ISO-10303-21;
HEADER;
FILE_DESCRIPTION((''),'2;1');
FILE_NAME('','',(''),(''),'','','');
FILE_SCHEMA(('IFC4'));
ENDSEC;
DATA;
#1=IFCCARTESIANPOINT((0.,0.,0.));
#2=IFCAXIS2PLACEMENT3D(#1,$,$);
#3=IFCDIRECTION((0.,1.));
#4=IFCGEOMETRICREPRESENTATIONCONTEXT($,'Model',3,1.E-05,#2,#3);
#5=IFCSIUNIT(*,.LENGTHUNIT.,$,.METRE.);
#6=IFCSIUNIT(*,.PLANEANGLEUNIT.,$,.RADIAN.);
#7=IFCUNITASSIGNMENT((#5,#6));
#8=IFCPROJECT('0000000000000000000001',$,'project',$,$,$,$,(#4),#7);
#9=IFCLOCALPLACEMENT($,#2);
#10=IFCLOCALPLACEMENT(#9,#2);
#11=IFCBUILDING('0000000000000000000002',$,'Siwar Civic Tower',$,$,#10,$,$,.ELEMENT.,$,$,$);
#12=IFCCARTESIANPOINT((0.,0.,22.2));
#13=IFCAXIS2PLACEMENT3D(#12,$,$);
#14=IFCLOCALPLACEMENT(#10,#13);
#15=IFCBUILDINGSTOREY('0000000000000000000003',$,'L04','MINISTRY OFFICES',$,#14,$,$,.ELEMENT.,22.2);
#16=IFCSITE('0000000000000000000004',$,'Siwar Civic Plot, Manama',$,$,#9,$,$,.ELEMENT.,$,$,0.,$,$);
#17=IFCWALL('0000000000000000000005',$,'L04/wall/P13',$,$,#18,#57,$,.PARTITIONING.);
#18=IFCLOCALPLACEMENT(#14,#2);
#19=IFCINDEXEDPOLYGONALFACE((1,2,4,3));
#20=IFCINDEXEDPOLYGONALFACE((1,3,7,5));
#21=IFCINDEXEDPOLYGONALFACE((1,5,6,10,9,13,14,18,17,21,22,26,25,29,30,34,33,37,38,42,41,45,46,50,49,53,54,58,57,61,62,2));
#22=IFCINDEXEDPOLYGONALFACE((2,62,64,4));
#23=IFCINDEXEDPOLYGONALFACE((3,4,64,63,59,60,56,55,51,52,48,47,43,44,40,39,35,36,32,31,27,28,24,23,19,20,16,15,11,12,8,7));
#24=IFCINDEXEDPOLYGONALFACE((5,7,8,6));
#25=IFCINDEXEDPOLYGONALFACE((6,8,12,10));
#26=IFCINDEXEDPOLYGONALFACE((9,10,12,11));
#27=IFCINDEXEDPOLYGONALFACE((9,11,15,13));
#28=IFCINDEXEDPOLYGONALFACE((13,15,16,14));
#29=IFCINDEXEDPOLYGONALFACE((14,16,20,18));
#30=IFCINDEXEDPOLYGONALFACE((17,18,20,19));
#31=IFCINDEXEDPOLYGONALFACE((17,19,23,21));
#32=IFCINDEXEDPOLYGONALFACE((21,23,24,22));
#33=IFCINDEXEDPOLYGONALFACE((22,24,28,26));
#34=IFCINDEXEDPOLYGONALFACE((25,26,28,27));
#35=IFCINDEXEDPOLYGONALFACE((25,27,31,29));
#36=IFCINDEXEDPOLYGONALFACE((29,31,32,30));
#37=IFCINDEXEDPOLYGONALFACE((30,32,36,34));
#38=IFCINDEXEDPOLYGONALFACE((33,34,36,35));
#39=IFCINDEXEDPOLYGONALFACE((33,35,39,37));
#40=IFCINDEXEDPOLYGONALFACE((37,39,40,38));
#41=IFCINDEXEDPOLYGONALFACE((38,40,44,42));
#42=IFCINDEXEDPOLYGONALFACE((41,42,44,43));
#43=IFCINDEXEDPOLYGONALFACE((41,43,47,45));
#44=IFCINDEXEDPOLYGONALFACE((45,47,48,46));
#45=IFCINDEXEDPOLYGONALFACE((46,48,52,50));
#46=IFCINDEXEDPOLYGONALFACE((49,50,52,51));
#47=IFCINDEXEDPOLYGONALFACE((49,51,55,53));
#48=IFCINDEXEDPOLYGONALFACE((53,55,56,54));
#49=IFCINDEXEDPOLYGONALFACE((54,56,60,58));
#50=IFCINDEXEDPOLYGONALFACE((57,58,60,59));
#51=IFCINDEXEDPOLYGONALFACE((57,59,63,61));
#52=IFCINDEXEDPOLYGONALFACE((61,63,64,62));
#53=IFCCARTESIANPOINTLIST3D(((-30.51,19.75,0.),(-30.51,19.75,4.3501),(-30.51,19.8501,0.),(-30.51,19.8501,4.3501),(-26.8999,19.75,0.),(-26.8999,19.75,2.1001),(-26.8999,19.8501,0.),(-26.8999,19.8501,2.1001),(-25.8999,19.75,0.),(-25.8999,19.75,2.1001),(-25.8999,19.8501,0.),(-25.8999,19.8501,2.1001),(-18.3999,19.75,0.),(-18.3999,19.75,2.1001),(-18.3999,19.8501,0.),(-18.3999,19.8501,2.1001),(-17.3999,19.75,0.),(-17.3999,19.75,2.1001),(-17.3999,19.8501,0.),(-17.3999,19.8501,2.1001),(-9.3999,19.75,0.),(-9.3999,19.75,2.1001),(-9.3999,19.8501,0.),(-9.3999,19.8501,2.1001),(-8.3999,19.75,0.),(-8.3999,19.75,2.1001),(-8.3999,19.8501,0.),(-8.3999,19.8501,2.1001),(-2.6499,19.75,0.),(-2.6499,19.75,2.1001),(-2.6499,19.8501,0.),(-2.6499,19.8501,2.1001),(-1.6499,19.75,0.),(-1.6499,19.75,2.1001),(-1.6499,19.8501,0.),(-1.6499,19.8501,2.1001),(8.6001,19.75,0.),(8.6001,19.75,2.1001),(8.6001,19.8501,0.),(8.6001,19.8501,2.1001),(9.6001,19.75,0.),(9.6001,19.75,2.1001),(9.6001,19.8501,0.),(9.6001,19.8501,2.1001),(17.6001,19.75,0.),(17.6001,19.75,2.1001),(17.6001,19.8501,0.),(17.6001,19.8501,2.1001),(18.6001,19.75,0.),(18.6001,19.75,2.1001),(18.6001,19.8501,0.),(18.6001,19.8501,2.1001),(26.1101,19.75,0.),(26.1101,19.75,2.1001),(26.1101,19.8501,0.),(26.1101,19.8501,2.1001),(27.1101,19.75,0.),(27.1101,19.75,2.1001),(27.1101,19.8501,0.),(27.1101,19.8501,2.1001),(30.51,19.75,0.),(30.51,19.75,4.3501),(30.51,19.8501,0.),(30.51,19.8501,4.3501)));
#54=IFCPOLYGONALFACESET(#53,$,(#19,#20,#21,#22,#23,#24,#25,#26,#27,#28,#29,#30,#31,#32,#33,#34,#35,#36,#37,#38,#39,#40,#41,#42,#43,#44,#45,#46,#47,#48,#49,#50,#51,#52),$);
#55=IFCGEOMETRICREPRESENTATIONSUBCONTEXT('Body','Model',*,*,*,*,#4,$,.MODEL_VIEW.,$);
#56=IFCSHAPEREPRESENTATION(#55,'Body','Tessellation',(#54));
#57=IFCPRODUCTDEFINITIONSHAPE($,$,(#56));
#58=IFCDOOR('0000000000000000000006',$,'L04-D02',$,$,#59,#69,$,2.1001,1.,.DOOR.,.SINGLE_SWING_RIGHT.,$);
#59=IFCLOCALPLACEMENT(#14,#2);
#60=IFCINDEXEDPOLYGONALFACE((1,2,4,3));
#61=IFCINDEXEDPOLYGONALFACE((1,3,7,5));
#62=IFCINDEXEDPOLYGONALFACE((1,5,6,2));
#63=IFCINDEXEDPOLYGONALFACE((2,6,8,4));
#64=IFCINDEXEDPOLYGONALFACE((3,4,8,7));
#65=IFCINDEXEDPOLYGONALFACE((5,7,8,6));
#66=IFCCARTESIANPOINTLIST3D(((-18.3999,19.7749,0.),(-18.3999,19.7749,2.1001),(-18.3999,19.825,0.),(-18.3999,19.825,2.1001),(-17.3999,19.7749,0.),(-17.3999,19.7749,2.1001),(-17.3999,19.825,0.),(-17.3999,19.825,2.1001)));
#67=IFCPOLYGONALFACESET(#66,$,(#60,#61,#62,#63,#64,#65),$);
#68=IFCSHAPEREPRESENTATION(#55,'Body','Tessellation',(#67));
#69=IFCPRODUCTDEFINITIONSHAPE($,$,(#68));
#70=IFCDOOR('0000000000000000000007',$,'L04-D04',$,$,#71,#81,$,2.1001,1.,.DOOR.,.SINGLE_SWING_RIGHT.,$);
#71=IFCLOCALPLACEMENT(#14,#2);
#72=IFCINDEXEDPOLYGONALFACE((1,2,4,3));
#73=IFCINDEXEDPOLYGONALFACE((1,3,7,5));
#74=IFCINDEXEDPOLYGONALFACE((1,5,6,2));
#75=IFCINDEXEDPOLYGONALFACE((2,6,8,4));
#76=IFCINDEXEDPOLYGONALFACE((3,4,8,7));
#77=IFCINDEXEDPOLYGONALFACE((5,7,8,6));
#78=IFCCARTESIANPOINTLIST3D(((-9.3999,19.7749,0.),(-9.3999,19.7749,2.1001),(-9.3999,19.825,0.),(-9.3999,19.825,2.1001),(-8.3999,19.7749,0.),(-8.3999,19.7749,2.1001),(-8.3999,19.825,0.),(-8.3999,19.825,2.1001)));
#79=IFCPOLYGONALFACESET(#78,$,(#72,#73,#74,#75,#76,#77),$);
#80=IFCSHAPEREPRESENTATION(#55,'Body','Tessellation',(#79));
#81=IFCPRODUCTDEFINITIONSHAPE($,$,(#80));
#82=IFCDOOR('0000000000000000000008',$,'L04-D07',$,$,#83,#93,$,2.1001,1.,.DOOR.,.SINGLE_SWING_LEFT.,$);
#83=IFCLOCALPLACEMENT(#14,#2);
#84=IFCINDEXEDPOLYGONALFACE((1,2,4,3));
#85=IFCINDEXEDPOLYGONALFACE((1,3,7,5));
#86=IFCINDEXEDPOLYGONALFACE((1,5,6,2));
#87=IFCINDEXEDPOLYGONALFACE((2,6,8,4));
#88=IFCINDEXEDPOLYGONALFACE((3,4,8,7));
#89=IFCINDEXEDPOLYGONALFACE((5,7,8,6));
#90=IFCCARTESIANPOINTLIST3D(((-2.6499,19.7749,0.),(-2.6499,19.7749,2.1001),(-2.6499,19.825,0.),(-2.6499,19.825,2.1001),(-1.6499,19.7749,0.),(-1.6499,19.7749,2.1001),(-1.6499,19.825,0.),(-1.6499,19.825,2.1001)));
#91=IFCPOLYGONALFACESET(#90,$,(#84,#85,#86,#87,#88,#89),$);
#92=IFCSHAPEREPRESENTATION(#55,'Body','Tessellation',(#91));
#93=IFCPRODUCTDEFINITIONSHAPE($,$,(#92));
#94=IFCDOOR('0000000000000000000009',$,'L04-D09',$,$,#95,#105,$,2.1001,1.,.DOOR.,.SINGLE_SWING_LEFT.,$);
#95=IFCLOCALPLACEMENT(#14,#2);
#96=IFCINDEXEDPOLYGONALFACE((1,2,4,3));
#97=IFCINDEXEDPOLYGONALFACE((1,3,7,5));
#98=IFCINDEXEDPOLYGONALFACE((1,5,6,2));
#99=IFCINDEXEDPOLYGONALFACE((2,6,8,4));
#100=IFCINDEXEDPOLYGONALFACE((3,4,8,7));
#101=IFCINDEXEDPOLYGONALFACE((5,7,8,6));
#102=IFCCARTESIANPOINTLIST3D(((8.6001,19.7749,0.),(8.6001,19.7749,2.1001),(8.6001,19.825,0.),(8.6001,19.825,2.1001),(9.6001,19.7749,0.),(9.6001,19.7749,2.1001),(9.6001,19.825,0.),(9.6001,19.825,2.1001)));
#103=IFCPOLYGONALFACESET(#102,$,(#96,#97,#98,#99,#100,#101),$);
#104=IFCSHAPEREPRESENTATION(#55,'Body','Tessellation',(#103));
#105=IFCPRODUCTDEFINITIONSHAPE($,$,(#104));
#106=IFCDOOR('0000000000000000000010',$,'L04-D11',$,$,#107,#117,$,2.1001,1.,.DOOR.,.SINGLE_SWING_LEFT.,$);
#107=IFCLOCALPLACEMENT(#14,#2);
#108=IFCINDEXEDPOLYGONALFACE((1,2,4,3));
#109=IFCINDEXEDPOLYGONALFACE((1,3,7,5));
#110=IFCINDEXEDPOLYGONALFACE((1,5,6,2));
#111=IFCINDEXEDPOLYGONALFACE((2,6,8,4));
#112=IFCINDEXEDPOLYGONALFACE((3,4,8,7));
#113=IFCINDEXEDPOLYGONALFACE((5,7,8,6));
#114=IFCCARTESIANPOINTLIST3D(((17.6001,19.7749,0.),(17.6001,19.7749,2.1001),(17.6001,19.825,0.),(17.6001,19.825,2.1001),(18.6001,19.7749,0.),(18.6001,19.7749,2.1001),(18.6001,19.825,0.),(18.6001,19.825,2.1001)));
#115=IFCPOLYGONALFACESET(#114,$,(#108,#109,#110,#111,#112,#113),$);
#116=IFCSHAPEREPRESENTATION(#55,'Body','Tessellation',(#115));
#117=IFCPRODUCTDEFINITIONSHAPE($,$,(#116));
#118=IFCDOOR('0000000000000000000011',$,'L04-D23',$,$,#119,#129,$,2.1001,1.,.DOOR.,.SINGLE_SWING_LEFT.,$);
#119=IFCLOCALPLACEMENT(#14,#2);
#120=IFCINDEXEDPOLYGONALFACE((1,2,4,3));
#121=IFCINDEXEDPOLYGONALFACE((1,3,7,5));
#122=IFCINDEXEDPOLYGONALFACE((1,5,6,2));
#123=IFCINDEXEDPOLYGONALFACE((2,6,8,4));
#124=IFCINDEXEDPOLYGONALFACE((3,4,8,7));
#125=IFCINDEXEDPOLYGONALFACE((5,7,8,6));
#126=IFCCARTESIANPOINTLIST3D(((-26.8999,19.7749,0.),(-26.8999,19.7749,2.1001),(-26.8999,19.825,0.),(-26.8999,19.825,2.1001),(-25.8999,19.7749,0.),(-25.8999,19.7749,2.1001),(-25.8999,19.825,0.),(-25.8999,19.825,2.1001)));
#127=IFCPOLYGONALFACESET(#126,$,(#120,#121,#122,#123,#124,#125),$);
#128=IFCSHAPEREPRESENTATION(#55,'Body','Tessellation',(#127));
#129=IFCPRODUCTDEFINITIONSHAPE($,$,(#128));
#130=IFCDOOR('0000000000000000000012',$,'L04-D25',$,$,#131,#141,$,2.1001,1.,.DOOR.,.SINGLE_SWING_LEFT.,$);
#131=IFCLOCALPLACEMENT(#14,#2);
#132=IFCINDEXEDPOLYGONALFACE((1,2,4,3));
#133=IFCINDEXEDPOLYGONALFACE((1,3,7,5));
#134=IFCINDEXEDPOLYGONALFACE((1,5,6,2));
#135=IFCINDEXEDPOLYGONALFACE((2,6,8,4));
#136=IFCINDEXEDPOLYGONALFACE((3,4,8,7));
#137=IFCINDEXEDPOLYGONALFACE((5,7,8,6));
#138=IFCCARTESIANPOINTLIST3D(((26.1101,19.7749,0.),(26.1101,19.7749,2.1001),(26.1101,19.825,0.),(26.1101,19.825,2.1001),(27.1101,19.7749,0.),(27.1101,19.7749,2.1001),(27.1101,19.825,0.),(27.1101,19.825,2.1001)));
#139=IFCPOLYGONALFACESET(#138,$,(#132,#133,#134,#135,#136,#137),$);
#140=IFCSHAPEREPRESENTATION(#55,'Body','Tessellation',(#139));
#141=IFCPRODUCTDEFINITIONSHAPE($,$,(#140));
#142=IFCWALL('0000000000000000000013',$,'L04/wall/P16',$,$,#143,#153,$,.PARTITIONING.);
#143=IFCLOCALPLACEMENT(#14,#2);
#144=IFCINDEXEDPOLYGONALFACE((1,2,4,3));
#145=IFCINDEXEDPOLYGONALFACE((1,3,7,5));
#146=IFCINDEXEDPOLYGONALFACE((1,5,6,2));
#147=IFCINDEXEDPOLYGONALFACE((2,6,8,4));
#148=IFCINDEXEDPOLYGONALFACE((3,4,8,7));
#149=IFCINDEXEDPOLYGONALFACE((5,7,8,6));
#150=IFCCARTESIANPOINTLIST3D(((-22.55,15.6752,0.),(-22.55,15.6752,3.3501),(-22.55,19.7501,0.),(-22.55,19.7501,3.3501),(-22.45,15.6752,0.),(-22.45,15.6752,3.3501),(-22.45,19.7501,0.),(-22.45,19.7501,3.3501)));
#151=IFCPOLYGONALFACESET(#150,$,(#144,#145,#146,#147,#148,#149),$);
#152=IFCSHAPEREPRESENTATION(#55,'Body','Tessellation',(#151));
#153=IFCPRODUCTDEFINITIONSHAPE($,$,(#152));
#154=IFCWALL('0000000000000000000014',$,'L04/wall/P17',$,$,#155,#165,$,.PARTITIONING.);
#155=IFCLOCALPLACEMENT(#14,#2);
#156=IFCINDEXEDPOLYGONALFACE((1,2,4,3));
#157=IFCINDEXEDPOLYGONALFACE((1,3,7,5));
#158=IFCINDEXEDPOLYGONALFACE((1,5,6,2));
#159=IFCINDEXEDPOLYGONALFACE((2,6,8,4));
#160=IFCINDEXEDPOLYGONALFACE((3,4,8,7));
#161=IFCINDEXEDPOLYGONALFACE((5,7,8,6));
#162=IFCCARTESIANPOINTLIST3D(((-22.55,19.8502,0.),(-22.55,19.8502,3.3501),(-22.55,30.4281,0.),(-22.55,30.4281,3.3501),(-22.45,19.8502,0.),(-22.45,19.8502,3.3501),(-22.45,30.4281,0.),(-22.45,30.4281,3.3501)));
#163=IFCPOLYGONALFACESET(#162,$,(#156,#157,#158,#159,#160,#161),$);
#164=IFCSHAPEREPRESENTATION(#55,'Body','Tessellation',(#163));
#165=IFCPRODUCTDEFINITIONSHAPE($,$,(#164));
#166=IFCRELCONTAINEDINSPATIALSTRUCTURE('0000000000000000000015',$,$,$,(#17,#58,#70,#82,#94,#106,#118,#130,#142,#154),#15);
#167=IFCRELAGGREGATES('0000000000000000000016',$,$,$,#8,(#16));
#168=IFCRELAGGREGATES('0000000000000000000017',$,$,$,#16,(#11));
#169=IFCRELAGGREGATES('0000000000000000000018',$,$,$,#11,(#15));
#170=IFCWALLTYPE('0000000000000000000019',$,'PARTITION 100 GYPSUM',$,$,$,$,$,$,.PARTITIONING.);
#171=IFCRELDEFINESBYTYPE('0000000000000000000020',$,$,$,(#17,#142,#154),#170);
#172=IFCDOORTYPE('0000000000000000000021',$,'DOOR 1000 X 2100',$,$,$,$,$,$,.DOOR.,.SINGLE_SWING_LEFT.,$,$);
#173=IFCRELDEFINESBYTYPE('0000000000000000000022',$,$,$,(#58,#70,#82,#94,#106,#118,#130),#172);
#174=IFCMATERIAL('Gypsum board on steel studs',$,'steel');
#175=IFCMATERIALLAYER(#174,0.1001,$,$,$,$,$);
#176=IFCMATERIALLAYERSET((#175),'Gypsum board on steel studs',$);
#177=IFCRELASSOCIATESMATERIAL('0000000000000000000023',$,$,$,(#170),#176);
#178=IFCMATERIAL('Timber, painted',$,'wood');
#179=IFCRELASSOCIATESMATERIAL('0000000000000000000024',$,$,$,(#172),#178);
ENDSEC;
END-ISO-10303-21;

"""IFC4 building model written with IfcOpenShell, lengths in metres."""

from ifc_helpers import new_model, si_unit, direction, frame, frame_2d, origin, place, context, subcontext, project, spatial, rectangle, extrude, material, layer, layer_set, type_object, element, fill, save


model = new_model("IFC4")

# Units and contexts
model_context = context("Model", 3, precision=1e-05, world=origin(), true_north=direction((0.0, 1.0)))
body_context = subcontext(model_context, "Body", "Model", "MODEL_VIEW")
ifc_project = project(units=[si_unit("LENGTHUNIT", "METRE"), si_unit("PLANEANGLEUNIT", "RADIAN")], contexts=[model_context])

# Site, building, storey
site_placement = place(None, origin())
site = spatial("IfcSite", under=ifc_project, at=site_placement, Name="Siwar Civic Plot, Manama", CompositionType="ELEMENT", RefElevation=0.0)
building_placement = place(site_placement, origin())
building = spatial("IfcBuilding", under=site, at=building_placement, Name="Siwar Civic Tower", CompositionType="ELEMENT")
storey_placement = place(building_placement, frame((0.0, 0.0, 22.2)))
storey = spatial("IfcBuildingStorey", under=building, at=storey_placement, Name="L04", Description="MINISTRY OFFICES", CompositionType="ELEMENT", Elevation=22.2)

# Wall, openings, doors
ifc_material_1 = material(Name="Gypsum board on steel studs", Category="steel")
ifc_layer_1 = layer(ifc_material_1, 0.1001)
ifc_layer_set_1 = layer_set([ifc_layer_1], Name="Gypsum board on steel studs")
wall_type_1 = type_object("IfcWallType", Name="PARTITION 100 GYPSUM", PredefinedType="PARTITIONING", material=ifc_layer_set_1)
wall_1_placement = place(storey_placement, frame((-30.51, 19.8, 0.0), z_axis=(0.0, 0.0, 1.0), x_axis=(1.0, 0.0, 0.0)))
wall_1 = element("IfcWall", 1, at=wall_1_placement, inside=storey, type_object=wall_type_1, Name="L04/wall/P13", PredefinedType="PARTITIONING", context=body_context, shape_type="SweptSolid", body=[
    extrude(rectangle(XDim=61.02, YDim=0.1001, at=frame_2d((30.51, 0.0))), origin(), (0.0, 0.0, 1.0), 4.3501),
])
opening_1_placement = place(wall_1_placement, frame((12.1101, 0.0, 0.0)))
opening_1 = element("IfcOpeningElement", 2, at=opening_1_placement, cuts=wall_1, PredefinedType="OPENING", context=body_context, shape_type="SweptSolid", body=[
    extrude(rectangle(XDim=1.0, YDim=2.1001, at=frame_2d((0.5, 1.05))), frame((0.0, 0.0601, 0.0), z_axis=(0.0, -1.0, 0.0), x_axis=(1.0, 0.0, 0.0)), (0.0, 0.0, 1.0), 0.1201),
])
opening_2_placement = place(wall_1_placement, frame((21.1101, 0.0, 0.0)))
opening_2 = element("IfcOpeningElement", 3, at=opening_2_placement, cuts=wall_1, PredefinedType="OPENING", context=body_context, shape_type="SweptSolid", body=[
    extrude(rectangle(XDim=1.0, YDim=2.1001, at=frame_2d((0.5, 1.05))), frame((0.0, 0.0601, 0.0), z_axis=(0.0, -1.0, 0.0), x_axis=(1.0, 0.0, 0.0)), (0.0, 0.0, 1.0), 0.1201),
])
opening_3_placement = place(wall_1_placement, frame((27.8601, 0.0, 0.0)))
opening_3 = element("IfcOpeningElement", 4, at=opening_3_placement, cuts=wall_1, PredefinedType="OPENING", context=body_context, shape_type="SweptSolid", body=[
    extrude(rectangle(XDim=1.0, YDim=2.1001, at=frame_2d((0.5, 1.05))), frame((0.0, 0.0601, 0.0), z_axis=(0.0, -1.0, 0.0), x_axis=(1.0, 0.0, 0.0)), (0.0, 0.0, 1.0), 0.1201),
])
opening_4_placement = place(wall_1_placement, frame((39.1101, 0.0, 0.0)))
opening_4 = element("IfcOpeningElement", 5, at=opening_4_placement, cuts=wall_1, PredefinedType="OPENING", context=body_context, shape_type="SweptSolid", body=[
    extrude(rectangle(XDim=1.0, YDim=2.1001, at=frame_2d((0.5, 1.05))), frame((0.0, 0.0601, 0.0), z_axis=(0.0, -1.0, 0.0), x_axis=(1.0, 0.0, 0.0)), (0.0, 0.0, 1.0), 0.1201),
])
opening_5_placement = place(wall_1_placement, frame((48.1101, 0.0, 0.0)))
opening_5 = element("IfcOpeningElement", 6, at=opening_5_placement, cuts=wall_1, PredefinedType="OPENING", context=body_context, shape_type="SweptSolid", body=[
    extrude(rectangle(XDim=1.0, YDim=2.1001, at=frame_2d((0.5, 1.05))), frame((0.0, 0.0601, 0.0), z_axis=(0.0, -1.0, 0.0), x_axis=(1.0, 0.0, 0.0)), (0.0, 0.0, 1.0), 0.1201),
])
opening_6_placement = place(wall_1_placement, frame((3.6101, 0.0, 0.0)))
opening_6 = element("IfcOpeningElement", 7, at=opening_6_placement, cuts=wall_1, PredefinedType="OPENING", context=body_context, shape_type="SweptSolid", body=[
    extrude(rectangle(XDim=1.0, YDim=2.1001, at=frame_2d((0.5, 1.05))), frame((0.0, 0.0601, 0.0), z_axis=(0.0, -1.0, 0.0), x_axis=(1.0, 0.0, 0.0)), (0.0, 0.0, 1.0), 0.1201),
])
opening_7_placement = place(wall_1_placement, frame((56.6201, 0.0, 0.0)))
opening_7 = element("IfcOpeningElement", 8, at=opening_7_placement, cuts=wall_1, PredefinedType="OPENING", context=body_context, shape_type="SweptSolid", body=[
    extrude(rectangle(XDim=1.0, YDim=2.1001, at=frame_2d((0.5, 1.05))), frame((0.0, 0.0601, 0.0), z_axis=(0.0, -1.0, 0.0), x_axis=(1.0, 0.0, 0.0)), (0.0, 0.0, 1.0), 0.1201),
])
ifc_material_2 = material(Name="Timber, painted", Category="wood")
door_type_1 = type_object("IfcDoorType", Name="DOOR 1000 X 2100", OperationType="SINGLE_SWING_LEFT", PredefinedType="DOOR", material=ifc_material_2)
door_1_placement = place(opening_1_placement, origin())
door_1 = element("IfcDoor", 9, at=door_1_placement, inside=storey, type_object=door_type_1, Name="L04-D02", OperationType="SINGLE_SWING_RIGHT", OverallHeight=2.1001, OverallWidth=1.0, PredefinedType="DOOR", context=body_context, shape_type="SweptSolid", body=[
    extrude(rectangle(XDim=1.0, YDim=2.1001, at=frame_2d((0.5, 1.05))), frame((0.0, 0.0249, 0.0), z_axis=(0.0, -1.0, 0.0), x_axis=(1.0, 0.0, 0.0)), (0.0, 0.0, 1.0), 0.05),
])
fill(opening_1, door_1)
door_2_placement = place(opening_2_placement, origin())
door_2 = element("IfcDoor", 10, at=door_2_placement, inside=storey, type_object=door_type_1, Name="L04-D04", OperationType="SINGLE_SWING_RIGHT", OverallHeight=2.1001, OverallWidth=1.0, PredefinedType="DOOR", context=body_context, shape_type="SweptSolid", body=[
    extrude(rectangle(XDim=1.0, YDim=2.1001, at=frame_2d((0.5, 1.05))), frame((0.0, 0.0249, 0.0), z_axis=(0.0, -1.0, 0.0), x_axis=(1.0, 0.0, 0.0)), (0.0, 0.0, 1.0), 0.05),
])
fill(opening_2, door_2)
door_3_placement = place(opening_3_placement, origin())
door_3 = element("IfcDoor", 11, at=door_3_placement, inside=storey, type_object=door_type_1, Name="L04-D07", OperationType="SINGLE_SWING_LEFT", OverallHeight=2.1001, OverallWidth=1.0, PredefinedType="DOOR", context=body_context, shape_type="SweptSolid", body=[
    extrude(rectangle(XDim=1.0, YDim=2.1001, at=frame_2d((0.5, 1.05))), frame((0.0, 0.0249, 0.0), z_axis=(0.0, -1.0, 0.0), x_axis=(1.0, 0.0, 0.0)), (0.0, 0.0, 1.0), 0.05),
])
fill(opening_3, door_3)
door_4_placement = place(opening_4_placement, origin())
door_4 = element("IfcDoor", 12, at=door_4_placement, inside=storey, type_object=door_type_1, Name="L04-D09", OperationType="SINGLE_SWING_LEFT", OverallHeight=2.1001, OverallWidth=1.0, PredefinedType="DOOR", context=body_context, shape_type="SweptSolid", body=[
    extrude(rectangle(XDim=1.0, YDim=2.1001, at=frame_2d((0.5, 1.05))), frame((0.0, 0.0249, 0.0), z_axis=(0.0, -1.0, 0.0), x_axis=(1.0, 0.0, 0.0)), (0.0, 0.0, 1.0), 0.05),
])
fill(opening_4, door_4)
door_5_placement = place(opening_5_placement, origin())
door_5 = element("IfcDoor", 13, at=door_5_placement, inside=storey, type_object=door_type_1, Name="L04-D11", OperationType="SINGLE_SWING_LEFT", OverallHeight=2.1001, OverallWidth=1.0, PredefinedType="DOOR", context=body_context, shape_type="SweptSolid", body=[
    extrude(rectangle(XDim=1.0, YDim=2.1001, at=frame_2d((0.5, 1.05))), frame((0.0, 0.0249, 0.0), z_axis=(0.0, -1.0, 0.0), x_axis=(1.0, 0.0, 0.0)), (0.0, 0.0, 1.0), 0.05),
])
fill(opening_5, door_5)
door_6_placement = place(opening_6_placement, origin())
door_6 = element("IfcDoor", 14, at=door_6_placement, inside=storey, type_object=door_type_1, Name="L04-D23", OperationType="SINGLE_SWING_LEFT", OverallHeight=2.1001, OverallWidth=1.0, PredefinedType="DOOR", context=body_context, shape_type="SweptSolid", body=[
    extrude(rectangle(XDim=1.0, YDim=2.1001, at=frame_2d((0.5, 1.05))), frame((0.0, 0.0249, 0.0), z_axis=(0.0, -1.0, 0.0), x_axis=(1.0, 0.0, 0.0)), (0.0, 0.0, 1.0), 0.05),
])
fill(opening_6, door_6)
door_7_placement = place(opening_7_placement, origin())
door_7 = element("IfcDoor", 15, at=door_7_placement, inside=storey, type_object=door_type_1, Name="L04-D25", OperationType="SINGLE_SWING_LEFT", OverallHeight=2.1001, OverallWidth=1.0, PredefinedType="DOOR", context=body_context, shape_type="SweptSolid", body=[
    extrude(rectangle(XDim=1.0, YDim=2.1001, at=frame_2d((0.5, 1.05))), frame((0.0, 0.0249, 0.0), z_axis=(0.0, -1.0, 0.0), x_axis=(1.0, 0.0, 0.0)), (0.0, 0.0, 1.0), 0.05),
])
fill(opening_7, door_7)

# Walls
wall_2_placement = place(storey_placement, frame((-22.5, 15.675, 0.0), z_axis=(0.0, 0.0, 1.0), x_axis=(0.0, 1.0, 0.0)))
element("IfcWall", 16, at=wall_2_placement, inside=storey, type_object=wall_type_1, Name="L04/wall/P16", PredefinedType="PARTITIONING", context=body_context, shape_type="SweptSolid", body=[
    extrude(rectangle(XDim=4.075, YDim=0.1001, at=frame_2d((2.0376, 0.0))), origin(), (0.0, 0.0, 1.0), 3.3501),
])
wall_3_placement = place(storey_placement, frame((-22.5, 19.8501, 0.0), z_axis=(0.0, 0.0, 1.0), x_axis=(0.0, 1.0, 0.0)))
element("IfcWall", 17, at=wall_3_placement, inside=storey, type_object=wall_type_1, Name="L04/wall/P17", PredefinedType="PARTITIONING", context=body_context, shape_type="SweptSolid", body=[
    extrude(rectangle(XDim=10.5779, YDim=0.1001, at=frame_2d((5.2891, 0.0))), origin(), (0.0, 0.0, 1.0), 3.3501),
])

save(model, "model.ifc")
